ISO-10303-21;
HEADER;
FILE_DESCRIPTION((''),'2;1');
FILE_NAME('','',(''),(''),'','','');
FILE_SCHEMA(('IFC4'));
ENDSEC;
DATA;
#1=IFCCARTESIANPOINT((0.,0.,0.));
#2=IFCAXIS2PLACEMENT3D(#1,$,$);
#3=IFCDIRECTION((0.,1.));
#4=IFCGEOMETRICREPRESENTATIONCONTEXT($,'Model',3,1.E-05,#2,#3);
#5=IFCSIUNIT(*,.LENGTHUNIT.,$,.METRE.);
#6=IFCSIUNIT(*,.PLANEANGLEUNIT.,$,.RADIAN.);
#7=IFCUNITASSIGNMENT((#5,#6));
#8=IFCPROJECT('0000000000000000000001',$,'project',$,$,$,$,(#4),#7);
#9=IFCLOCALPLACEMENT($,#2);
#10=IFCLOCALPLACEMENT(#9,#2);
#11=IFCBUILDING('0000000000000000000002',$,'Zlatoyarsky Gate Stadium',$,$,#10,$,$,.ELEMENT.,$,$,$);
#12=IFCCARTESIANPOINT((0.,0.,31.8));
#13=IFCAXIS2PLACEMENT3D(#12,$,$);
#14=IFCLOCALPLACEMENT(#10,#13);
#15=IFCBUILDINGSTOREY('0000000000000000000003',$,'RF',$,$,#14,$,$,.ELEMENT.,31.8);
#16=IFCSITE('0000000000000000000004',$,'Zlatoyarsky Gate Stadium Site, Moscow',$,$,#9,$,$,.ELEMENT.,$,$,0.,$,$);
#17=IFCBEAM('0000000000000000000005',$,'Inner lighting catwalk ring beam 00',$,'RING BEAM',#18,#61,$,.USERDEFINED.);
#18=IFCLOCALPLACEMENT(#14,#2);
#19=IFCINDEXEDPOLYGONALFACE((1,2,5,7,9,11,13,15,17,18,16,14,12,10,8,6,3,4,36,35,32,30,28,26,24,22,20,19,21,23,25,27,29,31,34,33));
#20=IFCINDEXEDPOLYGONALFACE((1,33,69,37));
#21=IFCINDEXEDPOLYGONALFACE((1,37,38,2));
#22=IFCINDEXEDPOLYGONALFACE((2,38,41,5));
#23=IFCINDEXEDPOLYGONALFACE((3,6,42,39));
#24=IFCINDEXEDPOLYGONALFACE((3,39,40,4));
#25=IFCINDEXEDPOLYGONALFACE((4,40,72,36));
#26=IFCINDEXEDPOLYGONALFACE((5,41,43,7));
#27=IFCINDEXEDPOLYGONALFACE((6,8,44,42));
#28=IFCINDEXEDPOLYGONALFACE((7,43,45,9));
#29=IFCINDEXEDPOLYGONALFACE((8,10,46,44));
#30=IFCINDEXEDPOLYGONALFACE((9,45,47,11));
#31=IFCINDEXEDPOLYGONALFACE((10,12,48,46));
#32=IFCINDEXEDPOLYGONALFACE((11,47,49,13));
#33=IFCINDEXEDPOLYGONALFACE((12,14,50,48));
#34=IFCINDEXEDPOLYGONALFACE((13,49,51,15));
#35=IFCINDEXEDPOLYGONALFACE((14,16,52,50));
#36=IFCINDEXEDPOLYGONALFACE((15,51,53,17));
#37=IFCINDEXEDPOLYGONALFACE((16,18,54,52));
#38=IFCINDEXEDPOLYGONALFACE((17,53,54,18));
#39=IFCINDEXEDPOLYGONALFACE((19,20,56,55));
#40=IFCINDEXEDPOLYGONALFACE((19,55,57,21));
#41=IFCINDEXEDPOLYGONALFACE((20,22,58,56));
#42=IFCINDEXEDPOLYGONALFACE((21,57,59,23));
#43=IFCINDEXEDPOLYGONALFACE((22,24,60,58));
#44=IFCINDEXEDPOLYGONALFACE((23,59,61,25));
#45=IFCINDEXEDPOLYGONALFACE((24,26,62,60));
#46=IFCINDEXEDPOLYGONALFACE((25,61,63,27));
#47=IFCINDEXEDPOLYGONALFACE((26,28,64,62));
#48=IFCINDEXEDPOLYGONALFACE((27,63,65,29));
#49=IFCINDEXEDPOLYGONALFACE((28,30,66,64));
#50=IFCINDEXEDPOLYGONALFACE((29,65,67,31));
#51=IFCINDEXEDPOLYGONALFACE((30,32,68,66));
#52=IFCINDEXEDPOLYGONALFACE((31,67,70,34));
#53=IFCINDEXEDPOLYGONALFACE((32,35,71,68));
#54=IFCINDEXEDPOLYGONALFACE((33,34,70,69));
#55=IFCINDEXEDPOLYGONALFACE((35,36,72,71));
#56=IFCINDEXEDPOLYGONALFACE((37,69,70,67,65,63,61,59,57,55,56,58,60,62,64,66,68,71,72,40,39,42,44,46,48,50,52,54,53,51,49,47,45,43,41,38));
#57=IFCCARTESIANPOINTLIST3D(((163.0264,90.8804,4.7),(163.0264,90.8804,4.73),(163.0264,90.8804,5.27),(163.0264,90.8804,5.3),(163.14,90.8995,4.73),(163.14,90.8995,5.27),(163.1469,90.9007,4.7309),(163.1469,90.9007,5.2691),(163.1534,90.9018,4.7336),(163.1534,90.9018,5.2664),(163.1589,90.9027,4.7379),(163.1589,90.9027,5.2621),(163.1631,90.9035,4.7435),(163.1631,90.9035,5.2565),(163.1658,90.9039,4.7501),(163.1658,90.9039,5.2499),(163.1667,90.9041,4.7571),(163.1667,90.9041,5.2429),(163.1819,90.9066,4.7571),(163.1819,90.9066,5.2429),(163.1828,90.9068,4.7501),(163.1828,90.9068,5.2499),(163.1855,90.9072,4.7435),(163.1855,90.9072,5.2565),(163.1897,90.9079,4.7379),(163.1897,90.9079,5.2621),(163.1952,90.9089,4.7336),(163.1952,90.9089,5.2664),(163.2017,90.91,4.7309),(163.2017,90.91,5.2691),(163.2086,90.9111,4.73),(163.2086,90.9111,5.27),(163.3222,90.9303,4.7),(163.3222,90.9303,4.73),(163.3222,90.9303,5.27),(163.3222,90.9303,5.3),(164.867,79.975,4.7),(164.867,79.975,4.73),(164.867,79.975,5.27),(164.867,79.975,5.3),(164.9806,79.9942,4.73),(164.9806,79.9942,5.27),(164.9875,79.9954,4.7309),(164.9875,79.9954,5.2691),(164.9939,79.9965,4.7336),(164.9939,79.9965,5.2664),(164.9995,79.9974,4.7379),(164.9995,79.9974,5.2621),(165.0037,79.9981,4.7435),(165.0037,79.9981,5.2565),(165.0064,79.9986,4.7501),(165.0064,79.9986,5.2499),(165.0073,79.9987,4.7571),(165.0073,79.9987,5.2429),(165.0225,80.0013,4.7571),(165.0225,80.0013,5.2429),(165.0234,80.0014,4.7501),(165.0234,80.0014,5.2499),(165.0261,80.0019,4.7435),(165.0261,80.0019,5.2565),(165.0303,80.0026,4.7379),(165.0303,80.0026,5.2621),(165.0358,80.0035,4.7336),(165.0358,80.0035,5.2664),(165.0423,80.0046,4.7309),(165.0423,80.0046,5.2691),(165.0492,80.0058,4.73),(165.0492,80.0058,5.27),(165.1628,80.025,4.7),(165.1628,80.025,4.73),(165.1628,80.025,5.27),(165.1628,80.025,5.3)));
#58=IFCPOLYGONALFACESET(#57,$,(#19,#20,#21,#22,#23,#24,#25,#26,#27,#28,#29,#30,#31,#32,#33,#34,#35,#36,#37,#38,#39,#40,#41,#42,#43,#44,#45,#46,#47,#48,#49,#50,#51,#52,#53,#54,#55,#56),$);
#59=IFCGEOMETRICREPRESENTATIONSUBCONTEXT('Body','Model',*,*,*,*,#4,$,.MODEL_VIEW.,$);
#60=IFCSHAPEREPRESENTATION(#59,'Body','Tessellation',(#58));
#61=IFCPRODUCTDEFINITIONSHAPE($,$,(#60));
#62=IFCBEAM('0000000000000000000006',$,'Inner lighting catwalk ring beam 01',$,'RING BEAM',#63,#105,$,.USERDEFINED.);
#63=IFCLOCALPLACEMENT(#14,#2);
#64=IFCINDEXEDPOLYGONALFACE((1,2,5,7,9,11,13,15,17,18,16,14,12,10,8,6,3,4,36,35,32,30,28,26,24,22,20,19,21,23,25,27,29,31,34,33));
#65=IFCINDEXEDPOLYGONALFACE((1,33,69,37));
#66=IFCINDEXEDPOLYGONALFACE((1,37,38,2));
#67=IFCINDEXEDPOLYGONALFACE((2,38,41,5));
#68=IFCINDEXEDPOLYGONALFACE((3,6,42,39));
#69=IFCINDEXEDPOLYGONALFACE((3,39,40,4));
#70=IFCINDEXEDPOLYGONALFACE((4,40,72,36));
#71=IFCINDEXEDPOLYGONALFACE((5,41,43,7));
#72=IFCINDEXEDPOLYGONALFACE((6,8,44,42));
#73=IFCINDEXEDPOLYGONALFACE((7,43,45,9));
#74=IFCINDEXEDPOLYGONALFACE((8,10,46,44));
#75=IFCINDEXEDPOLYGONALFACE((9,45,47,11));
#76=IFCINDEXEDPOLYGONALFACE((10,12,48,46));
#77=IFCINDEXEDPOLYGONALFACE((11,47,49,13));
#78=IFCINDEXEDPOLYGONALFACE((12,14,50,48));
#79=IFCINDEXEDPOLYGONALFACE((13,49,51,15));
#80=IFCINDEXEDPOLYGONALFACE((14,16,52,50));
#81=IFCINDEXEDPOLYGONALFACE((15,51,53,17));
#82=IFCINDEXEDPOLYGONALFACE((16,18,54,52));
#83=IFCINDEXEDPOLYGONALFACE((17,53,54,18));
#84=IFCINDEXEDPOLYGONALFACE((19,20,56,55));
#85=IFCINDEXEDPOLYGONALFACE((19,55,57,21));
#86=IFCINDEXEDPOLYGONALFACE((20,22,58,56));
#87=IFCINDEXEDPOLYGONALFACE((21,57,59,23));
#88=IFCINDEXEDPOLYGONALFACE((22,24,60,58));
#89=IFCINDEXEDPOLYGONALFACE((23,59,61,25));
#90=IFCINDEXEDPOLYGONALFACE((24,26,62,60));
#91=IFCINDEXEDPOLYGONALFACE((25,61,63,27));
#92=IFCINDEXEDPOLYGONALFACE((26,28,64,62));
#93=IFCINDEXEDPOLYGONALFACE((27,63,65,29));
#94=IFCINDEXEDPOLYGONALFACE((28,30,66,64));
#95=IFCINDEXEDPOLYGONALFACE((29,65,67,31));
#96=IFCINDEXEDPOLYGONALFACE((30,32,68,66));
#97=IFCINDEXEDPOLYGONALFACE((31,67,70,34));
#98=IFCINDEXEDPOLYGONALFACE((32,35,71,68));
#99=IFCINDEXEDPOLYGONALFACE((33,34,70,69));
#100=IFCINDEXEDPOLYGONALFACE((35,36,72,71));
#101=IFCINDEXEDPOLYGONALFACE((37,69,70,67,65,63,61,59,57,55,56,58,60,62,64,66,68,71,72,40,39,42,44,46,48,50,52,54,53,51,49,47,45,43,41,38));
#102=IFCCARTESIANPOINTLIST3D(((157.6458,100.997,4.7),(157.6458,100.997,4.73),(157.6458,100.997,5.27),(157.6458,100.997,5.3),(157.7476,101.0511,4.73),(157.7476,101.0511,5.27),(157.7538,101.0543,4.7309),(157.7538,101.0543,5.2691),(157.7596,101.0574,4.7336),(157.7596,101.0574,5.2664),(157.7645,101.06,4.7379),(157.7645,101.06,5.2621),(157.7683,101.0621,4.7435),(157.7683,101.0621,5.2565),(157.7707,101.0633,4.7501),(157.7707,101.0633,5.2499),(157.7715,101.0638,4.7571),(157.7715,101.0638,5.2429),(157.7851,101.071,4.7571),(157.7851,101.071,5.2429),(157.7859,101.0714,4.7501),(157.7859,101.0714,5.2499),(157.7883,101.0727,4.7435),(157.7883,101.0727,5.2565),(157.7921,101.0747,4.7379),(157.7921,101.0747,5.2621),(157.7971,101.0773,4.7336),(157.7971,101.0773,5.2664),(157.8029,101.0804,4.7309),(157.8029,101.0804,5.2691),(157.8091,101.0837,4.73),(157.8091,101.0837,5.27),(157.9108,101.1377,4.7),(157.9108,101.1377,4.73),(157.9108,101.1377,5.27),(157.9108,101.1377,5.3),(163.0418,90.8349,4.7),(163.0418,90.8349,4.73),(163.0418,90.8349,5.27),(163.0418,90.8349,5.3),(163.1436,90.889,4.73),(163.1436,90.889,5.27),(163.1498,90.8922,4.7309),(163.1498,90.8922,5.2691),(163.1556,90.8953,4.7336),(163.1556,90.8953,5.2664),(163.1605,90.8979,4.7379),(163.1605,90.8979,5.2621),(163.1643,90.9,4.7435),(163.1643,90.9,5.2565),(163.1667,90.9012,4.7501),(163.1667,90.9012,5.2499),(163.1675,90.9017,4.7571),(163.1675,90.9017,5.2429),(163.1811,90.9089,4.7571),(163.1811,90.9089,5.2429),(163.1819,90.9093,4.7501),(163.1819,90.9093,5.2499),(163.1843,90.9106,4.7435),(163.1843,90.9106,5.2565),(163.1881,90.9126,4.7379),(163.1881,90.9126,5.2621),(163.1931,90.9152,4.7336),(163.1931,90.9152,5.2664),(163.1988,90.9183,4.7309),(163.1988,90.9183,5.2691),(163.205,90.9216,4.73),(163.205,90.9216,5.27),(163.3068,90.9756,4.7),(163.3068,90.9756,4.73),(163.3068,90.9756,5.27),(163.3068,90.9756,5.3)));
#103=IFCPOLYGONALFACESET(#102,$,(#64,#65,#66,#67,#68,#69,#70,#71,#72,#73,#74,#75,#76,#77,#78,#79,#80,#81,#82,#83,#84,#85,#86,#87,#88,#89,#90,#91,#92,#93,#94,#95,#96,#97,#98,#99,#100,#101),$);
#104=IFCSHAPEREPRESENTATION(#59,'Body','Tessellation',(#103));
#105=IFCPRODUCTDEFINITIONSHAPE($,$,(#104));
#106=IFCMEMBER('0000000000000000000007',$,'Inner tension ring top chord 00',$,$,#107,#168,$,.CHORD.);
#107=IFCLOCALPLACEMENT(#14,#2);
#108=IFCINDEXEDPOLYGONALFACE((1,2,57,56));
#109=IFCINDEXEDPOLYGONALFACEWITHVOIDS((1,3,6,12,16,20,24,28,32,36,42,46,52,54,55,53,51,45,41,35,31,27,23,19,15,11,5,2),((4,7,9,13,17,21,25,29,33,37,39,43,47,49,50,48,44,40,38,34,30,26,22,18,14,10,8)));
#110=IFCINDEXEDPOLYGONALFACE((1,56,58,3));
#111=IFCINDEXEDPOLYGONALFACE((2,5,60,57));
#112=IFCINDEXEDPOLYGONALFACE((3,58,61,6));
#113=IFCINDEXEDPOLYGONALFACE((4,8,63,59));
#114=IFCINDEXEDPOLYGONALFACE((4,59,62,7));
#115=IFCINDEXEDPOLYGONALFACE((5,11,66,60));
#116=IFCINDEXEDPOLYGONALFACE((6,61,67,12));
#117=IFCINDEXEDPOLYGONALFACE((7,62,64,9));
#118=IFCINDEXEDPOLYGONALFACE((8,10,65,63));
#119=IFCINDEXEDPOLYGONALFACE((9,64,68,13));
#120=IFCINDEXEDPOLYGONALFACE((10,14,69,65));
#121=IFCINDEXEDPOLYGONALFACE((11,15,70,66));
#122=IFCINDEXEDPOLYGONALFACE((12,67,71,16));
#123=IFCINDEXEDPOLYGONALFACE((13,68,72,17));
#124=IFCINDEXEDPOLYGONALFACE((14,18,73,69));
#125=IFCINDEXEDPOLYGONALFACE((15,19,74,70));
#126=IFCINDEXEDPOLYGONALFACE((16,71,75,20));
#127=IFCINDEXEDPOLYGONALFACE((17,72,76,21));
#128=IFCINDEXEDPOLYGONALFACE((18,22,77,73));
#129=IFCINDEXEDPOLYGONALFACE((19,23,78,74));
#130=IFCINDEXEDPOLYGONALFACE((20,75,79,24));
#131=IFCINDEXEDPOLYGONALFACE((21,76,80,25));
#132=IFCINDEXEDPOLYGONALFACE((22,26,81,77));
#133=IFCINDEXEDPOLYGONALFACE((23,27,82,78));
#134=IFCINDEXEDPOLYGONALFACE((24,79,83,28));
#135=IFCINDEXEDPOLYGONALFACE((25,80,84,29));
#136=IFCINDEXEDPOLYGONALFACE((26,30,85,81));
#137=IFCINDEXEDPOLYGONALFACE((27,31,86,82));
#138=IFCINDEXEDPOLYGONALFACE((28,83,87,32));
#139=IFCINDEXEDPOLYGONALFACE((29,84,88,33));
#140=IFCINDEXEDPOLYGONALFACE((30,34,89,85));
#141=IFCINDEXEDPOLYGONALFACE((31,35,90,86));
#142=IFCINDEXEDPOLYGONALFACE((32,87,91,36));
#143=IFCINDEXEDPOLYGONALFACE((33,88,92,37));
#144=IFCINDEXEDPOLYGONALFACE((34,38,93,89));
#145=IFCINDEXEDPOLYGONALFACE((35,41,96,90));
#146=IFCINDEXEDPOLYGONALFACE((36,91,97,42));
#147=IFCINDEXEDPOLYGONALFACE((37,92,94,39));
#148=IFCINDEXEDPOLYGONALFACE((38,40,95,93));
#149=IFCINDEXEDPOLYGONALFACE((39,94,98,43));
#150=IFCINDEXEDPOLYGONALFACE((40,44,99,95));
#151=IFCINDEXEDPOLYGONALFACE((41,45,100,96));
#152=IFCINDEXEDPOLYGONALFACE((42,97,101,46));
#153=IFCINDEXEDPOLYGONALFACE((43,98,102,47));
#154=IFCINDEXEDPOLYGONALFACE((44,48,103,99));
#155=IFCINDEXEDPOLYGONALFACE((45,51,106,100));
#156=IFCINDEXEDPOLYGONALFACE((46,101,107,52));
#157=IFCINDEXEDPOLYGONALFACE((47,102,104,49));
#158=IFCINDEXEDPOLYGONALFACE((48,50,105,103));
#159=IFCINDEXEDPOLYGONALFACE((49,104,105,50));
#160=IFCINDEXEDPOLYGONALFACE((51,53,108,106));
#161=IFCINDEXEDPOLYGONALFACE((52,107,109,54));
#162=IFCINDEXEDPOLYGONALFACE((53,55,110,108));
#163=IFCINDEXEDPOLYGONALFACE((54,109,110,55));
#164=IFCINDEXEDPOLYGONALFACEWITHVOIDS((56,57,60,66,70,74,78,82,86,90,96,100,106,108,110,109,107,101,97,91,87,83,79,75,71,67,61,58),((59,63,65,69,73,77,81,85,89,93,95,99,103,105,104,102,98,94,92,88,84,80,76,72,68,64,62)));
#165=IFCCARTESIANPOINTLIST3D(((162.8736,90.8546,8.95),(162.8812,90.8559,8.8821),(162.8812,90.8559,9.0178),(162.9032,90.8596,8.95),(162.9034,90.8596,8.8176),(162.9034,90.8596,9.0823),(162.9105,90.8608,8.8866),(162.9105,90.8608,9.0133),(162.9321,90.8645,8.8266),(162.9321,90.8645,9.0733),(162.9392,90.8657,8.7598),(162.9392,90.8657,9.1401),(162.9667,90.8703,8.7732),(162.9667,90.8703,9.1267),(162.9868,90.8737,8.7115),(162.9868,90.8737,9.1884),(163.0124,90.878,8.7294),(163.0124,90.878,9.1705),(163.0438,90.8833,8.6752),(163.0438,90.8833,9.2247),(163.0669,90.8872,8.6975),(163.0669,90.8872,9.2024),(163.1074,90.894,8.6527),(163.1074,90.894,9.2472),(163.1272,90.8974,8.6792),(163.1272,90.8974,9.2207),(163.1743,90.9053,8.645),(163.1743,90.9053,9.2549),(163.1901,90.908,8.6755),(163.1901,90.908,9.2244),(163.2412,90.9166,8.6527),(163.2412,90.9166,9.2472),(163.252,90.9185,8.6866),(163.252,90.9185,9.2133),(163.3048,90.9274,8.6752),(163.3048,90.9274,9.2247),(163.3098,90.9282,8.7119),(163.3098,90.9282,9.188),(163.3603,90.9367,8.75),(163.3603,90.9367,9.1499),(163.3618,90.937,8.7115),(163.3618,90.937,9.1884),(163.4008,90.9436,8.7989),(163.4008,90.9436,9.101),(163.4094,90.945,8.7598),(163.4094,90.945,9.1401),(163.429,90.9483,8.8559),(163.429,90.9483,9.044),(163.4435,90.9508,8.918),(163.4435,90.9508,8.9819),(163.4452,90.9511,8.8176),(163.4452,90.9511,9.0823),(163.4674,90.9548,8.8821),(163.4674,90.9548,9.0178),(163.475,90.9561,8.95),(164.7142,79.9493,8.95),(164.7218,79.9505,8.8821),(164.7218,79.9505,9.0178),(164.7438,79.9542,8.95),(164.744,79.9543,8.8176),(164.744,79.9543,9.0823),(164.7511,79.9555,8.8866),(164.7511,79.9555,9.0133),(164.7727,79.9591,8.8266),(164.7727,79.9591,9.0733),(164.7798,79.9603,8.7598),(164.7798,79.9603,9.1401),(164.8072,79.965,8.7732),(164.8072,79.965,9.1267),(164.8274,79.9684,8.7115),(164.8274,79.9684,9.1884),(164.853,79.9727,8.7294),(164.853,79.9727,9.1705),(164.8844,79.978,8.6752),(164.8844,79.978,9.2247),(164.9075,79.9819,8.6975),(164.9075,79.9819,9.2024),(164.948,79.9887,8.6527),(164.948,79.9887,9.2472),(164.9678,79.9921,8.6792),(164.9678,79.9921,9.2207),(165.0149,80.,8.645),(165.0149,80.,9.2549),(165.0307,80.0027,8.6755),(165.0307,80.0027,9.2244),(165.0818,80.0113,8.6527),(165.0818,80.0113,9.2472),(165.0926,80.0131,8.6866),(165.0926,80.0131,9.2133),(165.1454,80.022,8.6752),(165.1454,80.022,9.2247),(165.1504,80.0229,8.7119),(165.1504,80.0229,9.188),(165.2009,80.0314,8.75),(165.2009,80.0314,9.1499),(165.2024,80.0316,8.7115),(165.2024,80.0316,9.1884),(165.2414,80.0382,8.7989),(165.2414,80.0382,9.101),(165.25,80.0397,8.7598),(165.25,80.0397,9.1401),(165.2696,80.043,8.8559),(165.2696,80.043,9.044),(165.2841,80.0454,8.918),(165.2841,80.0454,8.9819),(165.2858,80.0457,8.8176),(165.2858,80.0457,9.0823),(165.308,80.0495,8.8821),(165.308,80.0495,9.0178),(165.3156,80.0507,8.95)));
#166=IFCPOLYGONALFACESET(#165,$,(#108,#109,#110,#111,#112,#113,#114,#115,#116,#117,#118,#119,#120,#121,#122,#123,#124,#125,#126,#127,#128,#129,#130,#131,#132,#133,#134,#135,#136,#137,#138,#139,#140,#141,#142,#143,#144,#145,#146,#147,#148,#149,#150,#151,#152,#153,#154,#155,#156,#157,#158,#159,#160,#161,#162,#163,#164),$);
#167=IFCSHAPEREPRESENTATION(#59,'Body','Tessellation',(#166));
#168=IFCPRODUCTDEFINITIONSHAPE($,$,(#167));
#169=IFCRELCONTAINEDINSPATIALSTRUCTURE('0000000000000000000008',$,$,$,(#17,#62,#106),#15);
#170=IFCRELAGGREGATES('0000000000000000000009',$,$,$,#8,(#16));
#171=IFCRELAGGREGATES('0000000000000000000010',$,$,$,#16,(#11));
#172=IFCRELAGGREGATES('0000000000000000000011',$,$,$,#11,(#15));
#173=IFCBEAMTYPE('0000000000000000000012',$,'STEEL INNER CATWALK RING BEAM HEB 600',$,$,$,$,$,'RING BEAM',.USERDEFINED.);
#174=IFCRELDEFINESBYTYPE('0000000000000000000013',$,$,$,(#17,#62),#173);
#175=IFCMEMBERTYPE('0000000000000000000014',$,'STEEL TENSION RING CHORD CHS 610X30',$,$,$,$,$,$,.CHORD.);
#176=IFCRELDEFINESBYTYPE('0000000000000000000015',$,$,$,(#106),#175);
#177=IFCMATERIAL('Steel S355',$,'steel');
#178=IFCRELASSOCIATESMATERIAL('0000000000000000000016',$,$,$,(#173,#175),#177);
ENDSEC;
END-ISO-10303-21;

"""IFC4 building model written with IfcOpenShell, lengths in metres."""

from ifc_helpers import new_model, si_unit, direction, frame, origin, origin_2d, place, context, subcontext, project, spatial, hollow_circle, i_section, extrude, material, material_profile, profile_set, type_object, element, save


model = new_model("IFC4")

# Units and contexts
model_context = context("Model", 3, precision=1e-05, world=origin(), true_north=direction((0.0, 1.0)))
body_context = subcontext(model_context, "Body", "Model", "MODEL_VIEW")
ifc_project = project(units=[si_unit("LENGTHUNIT", "METRE"), si_unit("PLANEANGLEUNIT", "RADIAN")], contexts=[model_context])

# Site, building, storey
site_placement = place(None, origin())
site = spatial("IfcSite", under=ifc_project, at=site_placement, Name="Zlatoyarsky Gate Stadium Site, Moscow", CompositionType="ELEMENT", RefElevation=0.0)
building_placement = place(site_placement, origin())
building = spatial("IfcBuilding", under=site, at=building_placement, Name="Zlatoyarsky Gate Stadium", CompositionType="ELEMENT")
storey_placement = place(building_placement, frame((0.0, 0.0, 31.8)))
storey = spatial("IfcBuildingStorey", under=building, at=storey_placement, Name="RF", CompositionType="ELEMENT", Elevation=31.8)

# Shared definitions
ifc_material = material(Name="Steel S355", Category="steel")

# Beams
ifc_material_profile_1 = material_profile(ifc_material, i_section(OverallWidth=0.3, OverallDepth=0.6001, WebThickness=0.0154, FlangeThickness=0.03, FilletRadius=0.0271, at=origin_2d()), Name="HEB 600")
ifc_profile_set_1 = profile_set([ifc_material_profile_1], Name="Steel S355")
beam_type = type_object("IfcBeamType", Name="STEEL INNER CATWALK RING BEAM HEB 600", ElementType="RING BEAM", PredefinedType="USERDEFINED", material=ifc_profile_set_1)
beam_1_placement = place(storey_placement, frame((165.0149, 80.0, 5.0), z_axis=(-0.166425, 0.986054, 0.0), x_axis=(-0.986054, -0.166425, 0.0)))
element("IfcBeam", 1, at=beam_1_placement, inside=storey, type_object=beam_type, Name="Inner lighting catwalk ring beam 00", ObjectType="RING BEAM", PredefinedType="USERDEFINED", context=body_context, shape_type="SweptSolid", body=[
    extrude(i_section(OverallWidth=0.3, OverallDepth=0.6001, WebThickness=0.0154, FlangeThickness=0.03, FilletRadius=0.0271, at=origin_2d()), origin(), (0.0, 0.0, 1.0), 11.0596),
])
beam_2_placement = place(storey_placement, frame((163.1743, 90.9053, 5.0), z_axis=(-0.468977, 0.88321, 0.0), x_axis=(-0.88321, -0.468977, 0.0)))
element("IfcBeam", 2, at=beam_2_placement, inside=storey, type_object=beam_type, Name="Inner lighting catwalk ring beam 01", ObjectType="RING BEAM", PredefinedType="USERDEFINED", context=body_context, shape_type="SweptSolid", body=[
    extrude(i_section(OverallWidth=0.3, OverallDepth=0.6001, WebThickness=0.0154, FlangeThickness=0.03, FilletRadius=0.0271, at=origin_2d()), origin(), (0.0, 0.0, 1.0), 11.5059),
])

# Member
ifc_material_profile_2 = material_profile(ifc_material, hollow_circle(Radius=0.3049, WallThickness=0.03, at=origin_2d()), Name="CHS 610X30")
ifc_profile_set_2 = profile_set([ifc_material_profile_2], Name="Steel S355")
member_type_1 = type_object("IfcMemberType", Name="STEEL TENSION RING CHORD CHS 610X30", PredefinedType="CHORD", material=ifc_profile_set_2)
member_1_placement = place(storey_placement, frame((165.0149, 80.0, 8.95), z_axis=(-0.166425, 0.986054, 0.0), x_axis=(-0.986054, -0.166425, 0.0)))
element("IfcMember", 3, at=member_1_placement, inside=storey, type_object=member_type_1, Name="Inner tension ring top chord 00", PredefinedType="CHORD", context=body_context, shape_type="SweptSolid", body=[
    extrude(hollow_circle(Radius=0.3049, WallThickness=0.03, at=origin_2d()), origin(), (0.0, 0.0, 1.0), 11.0596),
])

save(model, "model.ifc")
